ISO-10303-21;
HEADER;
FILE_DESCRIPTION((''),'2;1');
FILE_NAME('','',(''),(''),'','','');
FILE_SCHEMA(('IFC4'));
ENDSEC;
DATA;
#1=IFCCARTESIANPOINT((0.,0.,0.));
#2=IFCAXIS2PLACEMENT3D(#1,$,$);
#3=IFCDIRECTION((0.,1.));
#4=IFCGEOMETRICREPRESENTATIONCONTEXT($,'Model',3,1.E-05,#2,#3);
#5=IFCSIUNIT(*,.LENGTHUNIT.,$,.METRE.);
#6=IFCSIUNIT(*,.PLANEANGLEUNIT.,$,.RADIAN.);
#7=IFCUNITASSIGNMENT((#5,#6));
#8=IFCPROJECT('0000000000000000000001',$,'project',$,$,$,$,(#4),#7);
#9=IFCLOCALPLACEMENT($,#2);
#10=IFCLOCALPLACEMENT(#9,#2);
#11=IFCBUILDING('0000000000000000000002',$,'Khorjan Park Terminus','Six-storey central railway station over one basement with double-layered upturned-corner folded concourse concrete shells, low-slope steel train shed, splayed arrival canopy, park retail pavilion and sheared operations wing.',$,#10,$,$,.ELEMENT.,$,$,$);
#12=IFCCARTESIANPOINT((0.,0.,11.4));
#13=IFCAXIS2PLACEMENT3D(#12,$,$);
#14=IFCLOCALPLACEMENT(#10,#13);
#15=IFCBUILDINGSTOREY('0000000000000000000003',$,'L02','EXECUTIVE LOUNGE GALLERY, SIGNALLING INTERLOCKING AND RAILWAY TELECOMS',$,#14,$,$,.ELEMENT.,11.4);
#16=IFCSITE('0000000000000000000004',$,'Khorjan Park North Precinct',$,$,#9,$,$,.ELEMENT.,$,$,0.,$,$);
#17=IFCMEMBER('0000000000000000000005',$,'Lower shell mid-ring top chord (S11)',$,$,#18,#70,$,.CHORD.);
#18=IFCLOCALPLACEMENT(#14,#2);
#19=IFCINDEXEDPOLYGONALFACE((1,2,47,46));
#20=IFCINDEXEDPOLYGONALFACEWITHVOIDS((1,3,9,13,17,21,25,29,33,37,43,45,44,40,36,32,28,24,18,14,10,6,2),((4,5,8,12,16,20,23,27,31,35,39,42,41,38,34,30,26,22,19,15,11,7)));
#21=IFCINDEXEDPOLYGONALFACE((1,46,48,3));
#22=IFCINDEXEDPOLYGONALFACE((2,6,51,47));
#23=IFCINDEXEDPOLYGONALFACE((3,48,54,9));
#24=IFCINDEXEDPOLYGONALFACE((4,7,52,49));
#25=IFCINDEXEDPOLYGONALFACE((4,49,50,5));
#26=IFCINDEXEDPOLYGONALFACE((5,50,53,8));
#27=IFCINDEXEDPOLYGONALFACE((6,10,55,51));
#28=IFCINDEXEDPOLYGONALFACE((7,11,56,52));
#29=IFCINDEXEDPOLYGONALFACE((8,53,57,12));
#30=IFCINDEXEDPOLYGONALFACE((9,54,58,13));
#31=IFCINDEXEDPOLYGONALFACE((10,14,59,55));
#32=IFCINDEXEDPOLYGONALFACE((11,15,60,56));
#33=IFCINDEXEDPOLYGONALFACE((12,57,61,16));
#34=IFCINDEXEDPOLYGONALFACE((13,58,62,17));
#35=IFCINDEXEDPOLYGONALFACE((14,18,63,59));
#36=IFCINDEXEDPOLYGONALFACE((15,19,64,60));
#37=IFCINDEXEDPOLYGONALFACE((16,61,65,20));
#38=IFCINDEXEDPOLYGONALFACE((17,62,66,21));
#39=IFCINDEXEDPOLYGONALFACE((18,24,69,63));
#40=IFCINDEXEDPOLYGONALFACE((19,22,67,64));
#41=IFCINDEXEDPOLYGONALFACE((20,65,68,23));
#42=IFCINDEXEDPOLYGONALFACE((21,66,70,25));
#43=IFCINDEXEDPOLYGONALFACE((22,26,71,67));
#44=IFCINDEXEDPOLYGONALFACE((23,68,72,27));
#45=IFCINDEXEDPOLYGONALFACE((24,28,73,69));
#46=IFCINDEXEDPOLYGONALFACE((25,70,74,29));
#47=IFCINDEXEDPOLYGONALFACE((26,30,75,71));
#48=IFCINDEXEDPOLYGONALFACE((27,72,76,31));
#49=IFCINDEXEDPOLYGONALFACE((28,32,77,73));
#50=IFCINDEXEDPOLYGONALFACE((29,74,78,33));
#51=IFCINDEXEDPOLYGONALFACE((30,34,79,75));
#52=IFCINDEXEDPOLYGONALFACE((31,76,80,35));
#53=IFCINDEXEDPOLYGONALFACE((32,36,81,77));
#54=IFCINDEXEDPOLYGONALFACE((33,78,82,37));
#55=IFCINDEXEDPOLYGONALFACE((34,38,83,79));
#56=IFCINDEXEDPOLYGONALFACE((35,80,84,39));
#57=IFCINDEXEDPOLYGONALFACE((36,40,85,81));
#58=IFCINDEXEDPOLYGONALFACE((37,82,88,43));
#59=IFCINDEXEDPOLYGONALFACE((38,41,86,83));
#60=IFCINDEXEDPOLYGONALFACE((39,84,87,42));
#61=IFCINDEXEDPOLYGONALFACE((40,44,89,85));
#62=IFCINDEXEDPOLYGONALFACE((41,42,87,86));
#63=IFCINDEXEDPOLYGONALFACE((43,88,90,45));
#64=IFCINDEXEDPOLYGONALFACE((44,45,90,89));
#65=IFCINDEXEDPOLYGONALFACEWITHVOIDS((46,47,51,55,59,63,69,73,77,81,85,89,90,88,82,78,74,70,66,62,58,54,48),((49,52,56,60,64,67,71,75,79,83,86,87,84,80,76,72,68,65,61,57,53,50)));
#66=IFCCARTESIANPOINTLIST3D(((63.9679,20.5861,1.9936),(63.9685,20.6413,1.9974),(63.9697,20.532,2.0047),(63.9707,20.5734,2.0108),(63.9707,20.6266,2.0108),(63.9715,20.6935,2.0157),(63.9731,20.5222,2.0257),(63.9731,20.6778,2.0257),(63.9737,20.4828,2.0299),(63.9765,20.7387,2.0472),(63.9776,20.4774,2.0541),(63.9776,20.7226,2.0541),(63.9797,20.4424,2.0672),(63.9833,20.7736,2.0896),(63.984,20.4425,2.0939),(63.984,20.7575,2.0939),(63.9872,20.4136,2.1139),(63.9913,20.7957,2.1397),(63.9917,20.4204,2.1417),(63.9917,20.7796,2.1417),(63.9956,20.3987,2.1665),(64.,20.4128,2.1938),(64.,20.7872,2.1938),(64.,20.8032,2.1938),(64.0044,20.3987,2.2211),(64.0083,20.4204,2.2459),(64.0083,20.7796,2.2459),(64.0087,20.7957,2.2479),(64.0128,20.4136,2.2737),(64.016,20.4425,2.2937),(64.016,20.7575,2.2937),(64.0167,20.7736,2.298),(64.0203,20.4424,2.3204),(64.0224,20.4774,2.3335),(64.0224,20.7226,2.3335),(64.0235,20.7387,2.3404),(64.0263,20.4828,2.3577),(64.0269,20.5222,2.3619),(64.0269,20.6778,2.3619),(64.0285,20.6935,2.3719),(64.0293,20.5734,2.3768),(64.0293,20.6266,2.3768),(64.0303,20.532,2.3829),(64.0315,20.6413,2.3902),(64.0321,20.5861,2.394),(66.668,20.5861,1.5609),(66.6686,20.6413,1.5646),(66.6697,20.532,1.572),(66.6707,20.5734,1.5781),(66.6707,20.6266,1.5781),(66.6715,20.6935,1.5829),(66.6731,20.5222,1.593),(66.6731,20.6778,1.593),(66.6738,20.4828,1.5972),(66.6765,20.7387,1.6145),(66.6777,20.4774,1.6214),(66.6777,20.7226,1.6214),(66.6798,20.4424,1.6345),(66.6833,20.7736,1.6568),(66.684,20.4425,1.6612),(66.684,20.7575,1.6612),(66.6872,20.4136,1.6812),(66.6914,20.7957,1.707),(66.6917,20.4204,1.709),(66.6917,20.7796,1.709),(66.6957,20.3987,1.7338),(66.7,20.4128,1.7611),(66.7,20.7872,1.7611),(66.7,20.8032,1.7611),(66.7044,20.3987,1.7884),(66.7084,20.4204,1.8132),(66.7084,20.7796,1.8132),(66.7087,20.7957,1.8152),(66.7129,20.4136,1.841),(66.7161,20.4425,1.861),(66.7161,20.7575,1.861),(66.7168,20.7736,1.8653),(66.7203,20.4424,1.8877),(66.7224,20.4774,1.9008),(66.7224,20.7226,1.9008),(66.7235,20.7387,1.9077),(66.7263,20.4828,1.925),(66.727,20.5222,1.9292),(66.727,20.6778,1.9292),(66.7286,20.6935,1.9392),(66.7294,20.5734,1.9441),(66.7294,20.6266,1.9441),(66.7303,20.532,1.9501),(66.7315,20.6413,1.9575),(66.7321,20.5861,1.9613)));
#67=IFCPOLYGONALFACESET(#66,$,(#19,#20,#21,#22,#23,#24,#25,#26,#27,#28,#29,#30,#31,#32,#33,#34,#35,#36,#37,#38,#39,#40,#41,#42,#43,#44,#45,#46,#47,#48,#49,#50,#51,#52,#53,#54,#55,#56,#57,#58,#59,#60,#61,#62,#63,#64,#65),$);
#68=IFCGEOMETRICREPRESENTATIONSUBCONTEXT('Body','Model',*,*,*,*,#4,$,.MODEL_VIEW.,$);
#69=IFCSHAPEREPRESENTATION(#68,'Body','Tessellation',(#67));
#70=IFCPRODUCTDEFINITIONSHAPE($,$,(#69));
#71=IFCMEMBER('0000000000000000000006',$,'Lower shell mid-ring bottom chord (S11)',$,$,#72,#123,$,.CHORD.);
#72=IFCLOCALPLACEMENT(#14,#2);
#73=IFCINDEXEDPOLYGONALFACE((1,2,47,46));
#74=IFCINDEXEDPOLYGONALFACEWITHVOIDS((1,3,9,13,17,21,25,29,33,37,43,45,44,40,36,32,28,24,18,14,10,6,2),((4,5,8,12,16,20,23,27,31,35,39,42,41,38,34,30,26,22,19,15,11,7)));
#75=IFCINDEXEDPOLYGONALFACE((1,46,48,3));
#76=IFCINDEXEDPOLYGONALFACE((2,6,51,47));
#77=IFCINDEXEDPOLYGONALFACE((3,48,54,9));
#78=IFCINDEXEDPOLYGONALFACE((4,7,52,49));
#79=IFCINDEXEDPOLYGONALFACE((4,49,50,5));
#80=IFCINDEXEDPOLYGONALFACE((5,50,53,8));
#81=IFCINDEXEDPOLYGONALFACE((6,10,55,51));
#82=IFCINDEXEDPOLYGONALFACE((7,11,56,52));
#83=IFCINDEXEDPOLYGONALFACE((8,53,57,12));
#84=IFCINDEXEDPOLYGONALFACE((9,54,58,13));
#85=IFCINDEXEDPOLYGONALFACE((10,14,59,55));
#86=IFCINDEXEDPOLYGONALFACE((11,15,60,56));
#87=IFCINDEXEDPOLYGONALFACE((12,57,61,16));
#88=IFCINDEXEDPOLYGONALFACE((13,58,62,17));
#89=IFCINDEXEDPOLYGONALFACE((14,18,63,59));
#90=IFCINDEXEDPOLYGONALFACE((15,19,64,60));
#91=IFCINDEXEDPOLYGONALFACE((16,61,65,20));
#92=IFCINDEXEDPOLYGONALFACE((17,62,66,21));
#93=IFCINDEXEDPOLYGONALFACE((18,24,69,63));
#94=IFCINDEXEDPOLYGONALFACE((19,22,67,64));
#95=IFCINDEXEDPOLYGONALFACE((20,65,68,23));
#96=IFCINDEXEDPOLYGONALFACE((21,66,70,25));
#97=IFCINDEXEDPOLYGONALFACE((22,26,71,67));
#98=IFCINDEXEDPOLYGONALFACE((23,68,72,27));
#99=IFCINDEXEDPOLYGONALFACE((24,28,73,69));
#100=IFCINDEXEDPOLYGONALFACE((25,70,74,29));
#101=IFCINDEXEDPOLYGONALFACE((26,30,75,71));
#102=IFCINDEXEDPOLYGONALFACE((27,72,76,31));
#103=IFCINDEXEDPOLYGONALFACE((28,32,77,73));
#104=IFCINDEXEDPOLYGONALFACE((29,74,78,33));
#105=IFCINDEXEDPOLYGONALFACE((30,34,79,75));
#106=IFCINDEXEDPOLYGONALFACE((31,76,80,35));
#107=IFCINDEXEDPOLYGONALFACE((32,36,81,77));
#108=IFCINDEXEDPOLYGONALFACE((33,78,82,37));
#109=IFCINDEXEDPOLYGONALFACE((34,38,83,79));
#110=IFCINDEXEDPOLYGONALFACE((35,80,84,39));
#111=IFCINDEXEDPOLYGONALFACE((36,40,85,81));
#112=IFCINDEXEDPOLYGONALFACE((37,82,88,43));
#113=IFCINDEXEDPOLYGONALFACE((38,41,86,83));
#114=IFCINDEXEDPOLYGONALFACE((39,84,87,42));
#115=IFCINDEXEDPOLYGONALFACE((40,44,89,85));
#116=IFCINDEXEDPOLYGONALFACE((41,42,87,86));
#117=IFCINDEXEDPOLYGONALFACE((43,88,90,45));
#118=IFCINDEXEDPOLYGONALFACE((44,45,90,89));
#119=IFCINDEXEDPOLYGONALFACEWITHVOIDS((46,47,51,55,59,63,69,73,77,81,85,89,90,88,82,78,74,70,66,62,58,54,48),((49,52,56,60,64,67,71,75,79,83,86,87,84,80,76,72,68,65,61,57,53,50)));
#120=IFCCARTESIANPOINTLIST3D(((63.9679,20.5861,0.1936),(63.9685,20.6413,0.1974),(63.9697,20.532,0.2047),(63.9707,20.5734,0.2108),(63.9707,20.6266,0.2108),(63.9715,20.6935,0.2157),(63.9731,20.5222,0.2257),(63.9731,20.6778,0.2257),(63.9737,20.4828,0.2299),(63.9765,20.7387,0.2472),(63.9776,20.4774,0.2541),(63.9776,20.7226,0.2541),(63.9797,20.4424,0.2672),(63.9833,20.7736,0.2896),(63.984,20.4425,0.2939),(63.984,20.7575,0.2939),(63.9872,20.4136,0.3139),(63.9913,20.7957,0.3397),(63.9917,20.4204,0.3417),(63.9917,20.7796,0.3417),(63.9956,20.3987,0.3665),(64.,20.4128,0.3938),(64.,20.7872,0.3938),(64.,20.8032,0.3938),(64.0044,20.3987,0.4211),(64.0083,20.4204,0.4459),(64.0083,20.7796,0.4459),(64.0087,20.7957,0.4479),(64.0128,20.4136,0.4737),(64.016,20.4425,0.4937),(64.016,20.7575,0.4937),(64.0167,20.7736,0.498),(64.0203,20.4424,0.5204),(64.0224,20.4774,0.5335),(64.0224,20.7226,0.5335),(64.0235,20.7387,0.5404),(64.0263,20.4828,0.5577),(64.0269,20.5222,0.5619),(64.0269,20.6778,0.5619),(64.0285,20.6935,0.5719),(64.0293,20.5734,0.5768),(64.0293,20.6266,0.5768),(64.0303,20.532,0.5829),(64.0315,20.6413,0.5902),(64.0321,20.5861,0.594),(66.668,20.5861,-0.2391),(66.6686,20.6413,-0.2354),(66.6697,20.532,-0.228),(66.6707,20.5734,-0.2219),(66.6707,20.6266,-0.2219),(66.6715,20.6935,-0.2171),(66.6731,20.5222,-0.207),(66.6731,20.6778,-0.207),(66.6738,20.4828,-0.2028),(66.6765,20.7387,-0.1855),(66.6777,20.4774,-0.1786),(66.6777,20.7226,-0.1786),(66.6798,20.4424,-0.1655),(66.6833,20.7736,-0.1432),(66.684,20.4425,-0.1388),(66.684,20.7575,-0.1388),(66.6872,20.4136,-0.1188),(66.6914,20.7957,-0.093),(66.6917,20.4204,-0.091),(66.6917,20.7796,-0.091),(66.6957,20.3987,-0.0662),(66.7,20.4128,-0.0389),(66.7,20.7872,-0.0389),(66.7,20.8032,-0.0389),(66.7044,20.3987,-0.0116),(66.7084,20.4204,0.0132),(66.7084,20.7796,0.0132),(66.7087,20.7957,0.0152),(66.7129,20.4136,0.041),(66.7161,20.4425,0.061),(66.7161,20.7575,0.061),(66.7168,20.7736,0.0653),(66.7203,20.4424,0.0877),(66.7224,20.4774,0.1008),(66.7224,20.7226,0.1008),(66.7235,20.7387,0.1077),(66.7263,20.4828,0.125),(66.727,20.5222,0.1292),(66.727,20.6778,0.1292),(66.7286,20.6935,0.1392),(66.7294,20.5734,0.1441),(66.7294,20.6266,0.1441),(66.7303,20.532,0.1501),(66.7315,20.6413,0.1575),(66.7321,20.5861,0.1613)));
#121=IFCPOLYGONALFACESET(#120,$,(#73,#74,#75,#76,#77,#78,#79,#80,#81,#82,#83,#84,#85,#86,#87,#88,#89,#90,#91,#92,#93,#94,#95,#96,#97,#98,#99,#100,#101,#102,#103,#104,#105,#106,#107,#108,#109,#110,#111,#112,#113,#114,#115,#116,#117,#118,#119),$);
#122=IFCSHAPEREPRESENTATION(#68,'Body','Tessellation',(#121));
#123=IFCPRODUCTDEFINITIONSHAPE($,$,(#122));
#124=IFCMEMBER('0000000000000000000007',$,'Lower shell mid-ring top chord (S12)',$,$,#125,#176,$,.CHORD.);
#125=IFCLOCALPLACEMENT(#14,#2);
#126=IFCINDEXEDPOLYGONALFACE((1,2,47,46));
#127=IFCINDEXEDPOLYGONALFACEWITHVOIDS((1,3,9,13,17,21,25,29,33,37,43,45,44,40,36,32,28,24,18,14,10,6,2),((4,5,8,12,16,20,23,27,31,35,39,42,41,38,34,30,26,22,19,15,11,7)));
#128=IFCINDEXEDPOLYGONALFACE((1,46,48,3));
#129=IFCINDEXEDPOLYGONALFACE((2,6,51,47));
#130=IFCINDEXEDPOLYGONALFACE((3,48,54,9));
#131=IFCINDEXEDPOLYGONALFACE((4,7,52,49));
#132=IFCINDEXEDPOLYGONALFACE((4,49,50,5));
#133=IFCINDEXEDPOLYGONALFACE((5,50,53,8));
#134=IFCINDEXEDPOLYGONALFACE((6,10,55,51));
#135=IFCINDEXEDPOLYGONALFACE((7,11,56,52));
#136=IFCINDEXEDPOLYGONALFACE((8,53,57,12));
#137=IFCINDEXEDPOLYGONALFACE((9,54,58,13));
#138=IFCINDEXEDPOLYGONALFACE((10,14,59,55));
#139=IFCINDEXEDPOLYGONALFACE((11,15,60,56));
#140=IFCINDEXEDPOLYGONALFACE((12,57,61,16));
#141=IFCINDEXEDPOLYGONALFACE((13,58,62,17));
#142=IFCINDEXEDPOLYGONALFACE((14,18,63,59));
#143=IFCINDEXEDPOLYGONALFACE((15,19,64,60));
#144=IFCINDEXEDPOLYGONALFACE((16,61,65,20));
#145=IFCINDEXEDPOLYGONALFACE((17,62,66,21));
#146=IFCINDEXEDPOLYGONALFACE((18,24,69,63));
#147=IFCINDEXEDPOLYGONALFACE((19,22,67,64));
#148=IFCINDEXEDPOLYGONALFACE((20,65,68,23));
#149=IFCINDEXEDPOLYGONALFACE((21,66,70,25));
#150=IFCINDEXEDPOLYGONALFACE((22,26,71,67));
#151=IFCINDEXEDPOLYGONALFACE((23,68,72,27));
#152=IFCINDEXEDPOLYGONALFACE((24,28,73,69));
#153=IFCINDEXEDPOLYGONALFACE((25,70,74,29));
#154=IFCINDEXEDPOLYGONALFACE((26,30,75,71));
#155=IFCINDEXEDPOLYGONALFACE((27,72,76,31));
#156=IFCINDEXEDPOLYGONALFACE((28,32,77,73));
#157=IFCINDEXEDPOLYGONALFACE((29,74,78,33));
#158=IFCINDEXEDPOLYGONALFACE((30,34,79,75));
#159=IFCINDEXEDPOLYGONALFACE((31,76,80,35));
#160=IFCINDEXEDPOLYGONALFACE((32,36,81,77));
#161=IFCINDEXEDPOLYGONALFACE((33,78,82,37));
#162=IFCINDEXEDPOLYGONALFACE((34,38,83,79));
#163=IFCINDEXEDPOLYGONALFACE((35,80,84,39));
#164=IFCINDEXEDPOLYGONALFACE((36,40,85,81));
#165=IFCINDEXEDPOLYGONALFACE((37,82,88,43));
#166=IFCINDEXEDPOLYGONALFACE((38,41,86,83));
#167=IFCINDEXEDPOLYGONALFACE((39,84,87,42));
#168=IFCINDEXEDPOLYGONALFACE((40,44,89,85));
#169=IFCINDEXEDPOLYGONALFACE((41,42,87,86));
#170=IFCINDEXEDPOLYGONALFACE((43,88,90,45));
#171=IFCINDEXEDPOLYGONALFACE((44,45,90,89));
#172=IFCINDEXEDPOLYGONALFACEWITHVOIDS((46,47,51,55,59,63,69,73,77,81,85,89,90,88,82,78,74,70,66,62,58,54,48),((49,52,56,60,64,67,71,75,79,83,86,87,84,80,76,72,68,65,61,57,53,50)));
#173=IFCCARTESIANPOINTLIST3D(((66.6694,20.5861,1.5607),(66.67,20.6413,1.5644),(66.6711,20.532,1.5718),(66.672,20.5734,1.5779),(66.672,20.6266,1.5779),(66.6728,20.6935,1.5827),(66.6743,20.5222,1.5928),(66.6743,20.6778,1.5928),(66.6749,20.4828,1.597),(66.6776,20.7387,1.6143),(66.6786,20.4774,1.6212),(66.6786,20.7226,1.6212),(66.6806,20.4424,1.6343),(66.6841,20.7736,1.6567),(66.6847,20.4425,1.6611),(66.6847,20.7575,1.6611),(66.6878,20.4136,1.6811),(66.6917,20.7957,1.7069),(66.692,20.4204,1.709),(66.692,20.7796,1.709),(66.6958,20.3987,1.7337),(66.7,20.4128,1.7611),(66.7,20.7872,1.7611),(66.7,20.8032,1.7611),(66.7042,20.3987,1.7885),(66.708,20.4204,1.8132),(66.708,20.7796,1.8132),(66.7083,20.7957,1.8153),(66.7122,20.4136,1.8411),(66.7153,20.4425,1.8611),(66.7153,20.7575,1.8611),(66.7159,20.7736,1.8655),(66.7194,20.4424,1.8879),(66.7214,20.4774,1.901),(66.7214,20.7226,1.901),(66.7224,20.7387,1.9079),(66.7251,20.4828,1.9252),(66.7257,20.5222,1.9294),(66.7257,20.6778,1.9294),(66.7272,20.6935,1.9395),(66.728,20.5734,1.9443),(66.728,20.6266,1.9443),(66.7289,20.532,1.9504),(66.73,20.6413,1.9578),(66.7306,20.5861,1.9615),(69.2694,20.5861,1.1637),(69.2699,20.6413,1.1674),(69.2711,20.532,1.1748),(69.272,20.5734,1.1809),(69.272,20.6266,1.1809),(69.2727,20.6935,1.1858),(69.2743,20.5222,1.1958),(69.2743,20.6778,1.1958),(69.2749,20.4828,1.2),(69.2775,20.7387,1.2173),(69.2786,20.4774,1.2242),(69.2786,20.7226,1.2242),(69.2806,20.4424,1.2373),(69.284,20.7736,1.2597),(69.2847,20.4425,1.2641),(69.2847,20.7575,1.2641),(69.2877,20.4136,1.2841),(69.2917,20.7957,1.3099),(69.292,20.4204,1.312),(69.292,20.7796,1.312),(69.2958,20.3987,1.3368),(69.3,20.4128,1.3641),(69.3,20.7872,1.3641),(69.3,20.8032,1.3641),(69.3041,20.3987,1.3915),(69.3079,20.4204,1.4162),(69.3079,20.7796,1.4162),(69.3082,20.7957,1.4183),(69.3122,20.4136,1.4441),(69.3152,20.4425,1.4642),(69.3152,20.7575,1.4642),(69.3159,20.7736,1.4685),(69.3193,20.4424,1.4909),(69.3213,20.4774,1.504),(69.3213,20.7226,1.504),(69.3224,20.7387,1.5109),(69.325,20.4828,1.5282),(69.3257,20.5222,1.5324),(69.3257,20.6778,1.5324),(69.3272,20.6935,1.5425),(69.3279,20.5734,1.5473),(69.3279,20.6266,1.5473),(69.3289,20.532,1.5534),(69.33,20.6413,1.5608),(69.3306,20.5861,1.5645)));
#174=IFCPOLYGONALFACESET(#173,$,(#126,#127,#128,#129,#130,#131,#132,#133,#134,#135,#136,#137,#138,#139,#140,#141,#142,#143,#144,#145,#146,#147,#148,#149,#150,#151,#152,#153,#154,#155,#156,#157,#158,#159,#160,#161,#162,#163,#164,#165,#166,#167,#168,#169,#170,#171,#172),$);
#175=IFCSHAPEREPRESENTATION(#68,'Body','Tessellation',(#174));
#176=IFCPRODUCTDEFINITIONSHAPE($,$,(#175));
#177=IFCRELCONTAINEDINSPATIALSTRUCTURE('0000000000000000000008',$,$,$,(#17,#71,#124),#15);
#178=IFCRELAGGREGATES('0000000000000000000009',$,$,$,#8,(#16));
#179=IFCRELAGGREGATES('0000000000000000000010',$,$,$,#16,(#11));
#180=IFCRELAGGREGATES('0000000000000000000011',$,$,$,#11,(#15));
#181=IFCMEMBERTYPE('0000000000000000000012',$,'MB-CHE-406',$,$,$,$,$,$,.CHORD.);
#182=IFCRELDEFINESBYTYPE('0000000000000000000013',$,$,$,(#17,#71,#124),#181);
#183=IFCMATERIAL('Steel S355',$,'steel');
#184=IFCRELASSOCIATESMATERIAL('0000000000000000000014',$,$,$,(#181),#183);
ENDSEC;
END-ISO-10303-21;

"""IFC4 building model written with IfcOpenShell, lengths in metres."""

from ifc_helpers import new_model, si_unit, direction, frame, origin, origin_2d, place, context, subcontext, project, spatial, hollow_circle, extrude, material, material_profile, profile_set, type_object, element, save


model = new_model("IFC4")

# Units and contexts
model_context = context("Model", 3, precision=1e-05, world=origin(), true_north=direction((0.0, 1.0)))
body_context = subcontext(model_context, "Body", "Model", "MODEL_VIEW")
ifc_project = project(units=[si_unit("LENGTHUNIT", "METRE"), si_unit("PLANEANGLEUNIT", "RADIAN")], contexts=[model_context])

# Site, building, storey
site_placement = place(None, origin())
site = spatial("IfcSite", under=ifc_project, at=site_placement, Name="Khorjan Park North Precinct", CompositionType="ELEMENT", RefElevation=0.0)
building_placement = place(site_placement, origin())
building = spatial("IfcBuilding", under=site, at=building_placement, Name="Khorjan Park Terminus", Description="Six-storey central railway station over one basement with double-layered upturned-corner folded concourse concrete shells, low-slope steel train shed, splayed arrival canopy, park retail pavilion and sheared operations wing.", CompositionType="ELEMENT")
storey_placement = place(building_placement, frame((0.0, 0.0, 11.4)))
storey = spatial("IfcBuildingStorey", under=building, at=storey_placement, Name="L02", Description="EXECUTIVE LOUNGE GALLERY, SIGNALLING INTERLOCKING AND RAILWAY TELECOMS", CompositionType="ELEMENT", Elevation=11.4)

# Members
ifc_material_1 = material(Name="Steel S355", Category="steel")
ifc_material_profile_1 = material_profile(ifc_material_1, hollow_circle(Radius=0.2032, WallThickness=0.016, at=origin_2d()), Name="CHS 406.4x16")
ifc_profile_set_1 = profile_set([ifc_material_profile_1], Name="Steel S355")
member_type_1 = type_object("IfcMemberType", Name="MB-CHE-406", PredefinedType="CHORD", material=ifc_profile_set_1)
for number, where, z_axis, x_axis, name in (
    (1, (64.0, 20.6, 2.1938), (0.987401, 0.0, -0.15824), (0.0, 1.0, 0.0), "Lower shell mid-ring top chord (S11)"),
    (2, (64.0, 20.6, 0.3938), (0.987401, 0.0, -0.15824), (0.0, 1.0, 0.0), "Lower shell mid-ring bottom chord (S11)"),
):
    element("IfcMember", number, at=place(storey_placement, frame(where, z_axis=z_axis, x_axis=x_axis)), inside=storey, type_object=member_type_1, Name=name, PredefinedType="CHORD", context=body_context, shape_type="SweptSolid", body=[
        extrude(hollow_circle(Radius=0.2032, WallThickness=0.016, at=origin_2d()), origin(), (0.0, 0.0, 1.0), 2.7345),
    ])
for number, where, z_axis, x_axis, name in (
    (3, (66.7, 20.6, 1.7611), (0.988542, 0.0, -0.150943), (0.0, 1.0, 0.0), "Lower shell mid-ring top chord (S12)"),
):
    element("IfcMember", number, at=place(storey_placement, frame(where, z_axis=z_axis, x_axis=x_axis)), inside=storey, type_object=member_type_1, Name=name, PredefinedType="CHORD", context=body_context, shape_type="SweptSolid", body=[
        extrude(hollow_circle(Radius=0.2032, WallThickness=0.016, at=origin_2d()), origin(), (0.0, 0.0, 1.0), 2.6301),
    ])

save(model, "model.ifc")
